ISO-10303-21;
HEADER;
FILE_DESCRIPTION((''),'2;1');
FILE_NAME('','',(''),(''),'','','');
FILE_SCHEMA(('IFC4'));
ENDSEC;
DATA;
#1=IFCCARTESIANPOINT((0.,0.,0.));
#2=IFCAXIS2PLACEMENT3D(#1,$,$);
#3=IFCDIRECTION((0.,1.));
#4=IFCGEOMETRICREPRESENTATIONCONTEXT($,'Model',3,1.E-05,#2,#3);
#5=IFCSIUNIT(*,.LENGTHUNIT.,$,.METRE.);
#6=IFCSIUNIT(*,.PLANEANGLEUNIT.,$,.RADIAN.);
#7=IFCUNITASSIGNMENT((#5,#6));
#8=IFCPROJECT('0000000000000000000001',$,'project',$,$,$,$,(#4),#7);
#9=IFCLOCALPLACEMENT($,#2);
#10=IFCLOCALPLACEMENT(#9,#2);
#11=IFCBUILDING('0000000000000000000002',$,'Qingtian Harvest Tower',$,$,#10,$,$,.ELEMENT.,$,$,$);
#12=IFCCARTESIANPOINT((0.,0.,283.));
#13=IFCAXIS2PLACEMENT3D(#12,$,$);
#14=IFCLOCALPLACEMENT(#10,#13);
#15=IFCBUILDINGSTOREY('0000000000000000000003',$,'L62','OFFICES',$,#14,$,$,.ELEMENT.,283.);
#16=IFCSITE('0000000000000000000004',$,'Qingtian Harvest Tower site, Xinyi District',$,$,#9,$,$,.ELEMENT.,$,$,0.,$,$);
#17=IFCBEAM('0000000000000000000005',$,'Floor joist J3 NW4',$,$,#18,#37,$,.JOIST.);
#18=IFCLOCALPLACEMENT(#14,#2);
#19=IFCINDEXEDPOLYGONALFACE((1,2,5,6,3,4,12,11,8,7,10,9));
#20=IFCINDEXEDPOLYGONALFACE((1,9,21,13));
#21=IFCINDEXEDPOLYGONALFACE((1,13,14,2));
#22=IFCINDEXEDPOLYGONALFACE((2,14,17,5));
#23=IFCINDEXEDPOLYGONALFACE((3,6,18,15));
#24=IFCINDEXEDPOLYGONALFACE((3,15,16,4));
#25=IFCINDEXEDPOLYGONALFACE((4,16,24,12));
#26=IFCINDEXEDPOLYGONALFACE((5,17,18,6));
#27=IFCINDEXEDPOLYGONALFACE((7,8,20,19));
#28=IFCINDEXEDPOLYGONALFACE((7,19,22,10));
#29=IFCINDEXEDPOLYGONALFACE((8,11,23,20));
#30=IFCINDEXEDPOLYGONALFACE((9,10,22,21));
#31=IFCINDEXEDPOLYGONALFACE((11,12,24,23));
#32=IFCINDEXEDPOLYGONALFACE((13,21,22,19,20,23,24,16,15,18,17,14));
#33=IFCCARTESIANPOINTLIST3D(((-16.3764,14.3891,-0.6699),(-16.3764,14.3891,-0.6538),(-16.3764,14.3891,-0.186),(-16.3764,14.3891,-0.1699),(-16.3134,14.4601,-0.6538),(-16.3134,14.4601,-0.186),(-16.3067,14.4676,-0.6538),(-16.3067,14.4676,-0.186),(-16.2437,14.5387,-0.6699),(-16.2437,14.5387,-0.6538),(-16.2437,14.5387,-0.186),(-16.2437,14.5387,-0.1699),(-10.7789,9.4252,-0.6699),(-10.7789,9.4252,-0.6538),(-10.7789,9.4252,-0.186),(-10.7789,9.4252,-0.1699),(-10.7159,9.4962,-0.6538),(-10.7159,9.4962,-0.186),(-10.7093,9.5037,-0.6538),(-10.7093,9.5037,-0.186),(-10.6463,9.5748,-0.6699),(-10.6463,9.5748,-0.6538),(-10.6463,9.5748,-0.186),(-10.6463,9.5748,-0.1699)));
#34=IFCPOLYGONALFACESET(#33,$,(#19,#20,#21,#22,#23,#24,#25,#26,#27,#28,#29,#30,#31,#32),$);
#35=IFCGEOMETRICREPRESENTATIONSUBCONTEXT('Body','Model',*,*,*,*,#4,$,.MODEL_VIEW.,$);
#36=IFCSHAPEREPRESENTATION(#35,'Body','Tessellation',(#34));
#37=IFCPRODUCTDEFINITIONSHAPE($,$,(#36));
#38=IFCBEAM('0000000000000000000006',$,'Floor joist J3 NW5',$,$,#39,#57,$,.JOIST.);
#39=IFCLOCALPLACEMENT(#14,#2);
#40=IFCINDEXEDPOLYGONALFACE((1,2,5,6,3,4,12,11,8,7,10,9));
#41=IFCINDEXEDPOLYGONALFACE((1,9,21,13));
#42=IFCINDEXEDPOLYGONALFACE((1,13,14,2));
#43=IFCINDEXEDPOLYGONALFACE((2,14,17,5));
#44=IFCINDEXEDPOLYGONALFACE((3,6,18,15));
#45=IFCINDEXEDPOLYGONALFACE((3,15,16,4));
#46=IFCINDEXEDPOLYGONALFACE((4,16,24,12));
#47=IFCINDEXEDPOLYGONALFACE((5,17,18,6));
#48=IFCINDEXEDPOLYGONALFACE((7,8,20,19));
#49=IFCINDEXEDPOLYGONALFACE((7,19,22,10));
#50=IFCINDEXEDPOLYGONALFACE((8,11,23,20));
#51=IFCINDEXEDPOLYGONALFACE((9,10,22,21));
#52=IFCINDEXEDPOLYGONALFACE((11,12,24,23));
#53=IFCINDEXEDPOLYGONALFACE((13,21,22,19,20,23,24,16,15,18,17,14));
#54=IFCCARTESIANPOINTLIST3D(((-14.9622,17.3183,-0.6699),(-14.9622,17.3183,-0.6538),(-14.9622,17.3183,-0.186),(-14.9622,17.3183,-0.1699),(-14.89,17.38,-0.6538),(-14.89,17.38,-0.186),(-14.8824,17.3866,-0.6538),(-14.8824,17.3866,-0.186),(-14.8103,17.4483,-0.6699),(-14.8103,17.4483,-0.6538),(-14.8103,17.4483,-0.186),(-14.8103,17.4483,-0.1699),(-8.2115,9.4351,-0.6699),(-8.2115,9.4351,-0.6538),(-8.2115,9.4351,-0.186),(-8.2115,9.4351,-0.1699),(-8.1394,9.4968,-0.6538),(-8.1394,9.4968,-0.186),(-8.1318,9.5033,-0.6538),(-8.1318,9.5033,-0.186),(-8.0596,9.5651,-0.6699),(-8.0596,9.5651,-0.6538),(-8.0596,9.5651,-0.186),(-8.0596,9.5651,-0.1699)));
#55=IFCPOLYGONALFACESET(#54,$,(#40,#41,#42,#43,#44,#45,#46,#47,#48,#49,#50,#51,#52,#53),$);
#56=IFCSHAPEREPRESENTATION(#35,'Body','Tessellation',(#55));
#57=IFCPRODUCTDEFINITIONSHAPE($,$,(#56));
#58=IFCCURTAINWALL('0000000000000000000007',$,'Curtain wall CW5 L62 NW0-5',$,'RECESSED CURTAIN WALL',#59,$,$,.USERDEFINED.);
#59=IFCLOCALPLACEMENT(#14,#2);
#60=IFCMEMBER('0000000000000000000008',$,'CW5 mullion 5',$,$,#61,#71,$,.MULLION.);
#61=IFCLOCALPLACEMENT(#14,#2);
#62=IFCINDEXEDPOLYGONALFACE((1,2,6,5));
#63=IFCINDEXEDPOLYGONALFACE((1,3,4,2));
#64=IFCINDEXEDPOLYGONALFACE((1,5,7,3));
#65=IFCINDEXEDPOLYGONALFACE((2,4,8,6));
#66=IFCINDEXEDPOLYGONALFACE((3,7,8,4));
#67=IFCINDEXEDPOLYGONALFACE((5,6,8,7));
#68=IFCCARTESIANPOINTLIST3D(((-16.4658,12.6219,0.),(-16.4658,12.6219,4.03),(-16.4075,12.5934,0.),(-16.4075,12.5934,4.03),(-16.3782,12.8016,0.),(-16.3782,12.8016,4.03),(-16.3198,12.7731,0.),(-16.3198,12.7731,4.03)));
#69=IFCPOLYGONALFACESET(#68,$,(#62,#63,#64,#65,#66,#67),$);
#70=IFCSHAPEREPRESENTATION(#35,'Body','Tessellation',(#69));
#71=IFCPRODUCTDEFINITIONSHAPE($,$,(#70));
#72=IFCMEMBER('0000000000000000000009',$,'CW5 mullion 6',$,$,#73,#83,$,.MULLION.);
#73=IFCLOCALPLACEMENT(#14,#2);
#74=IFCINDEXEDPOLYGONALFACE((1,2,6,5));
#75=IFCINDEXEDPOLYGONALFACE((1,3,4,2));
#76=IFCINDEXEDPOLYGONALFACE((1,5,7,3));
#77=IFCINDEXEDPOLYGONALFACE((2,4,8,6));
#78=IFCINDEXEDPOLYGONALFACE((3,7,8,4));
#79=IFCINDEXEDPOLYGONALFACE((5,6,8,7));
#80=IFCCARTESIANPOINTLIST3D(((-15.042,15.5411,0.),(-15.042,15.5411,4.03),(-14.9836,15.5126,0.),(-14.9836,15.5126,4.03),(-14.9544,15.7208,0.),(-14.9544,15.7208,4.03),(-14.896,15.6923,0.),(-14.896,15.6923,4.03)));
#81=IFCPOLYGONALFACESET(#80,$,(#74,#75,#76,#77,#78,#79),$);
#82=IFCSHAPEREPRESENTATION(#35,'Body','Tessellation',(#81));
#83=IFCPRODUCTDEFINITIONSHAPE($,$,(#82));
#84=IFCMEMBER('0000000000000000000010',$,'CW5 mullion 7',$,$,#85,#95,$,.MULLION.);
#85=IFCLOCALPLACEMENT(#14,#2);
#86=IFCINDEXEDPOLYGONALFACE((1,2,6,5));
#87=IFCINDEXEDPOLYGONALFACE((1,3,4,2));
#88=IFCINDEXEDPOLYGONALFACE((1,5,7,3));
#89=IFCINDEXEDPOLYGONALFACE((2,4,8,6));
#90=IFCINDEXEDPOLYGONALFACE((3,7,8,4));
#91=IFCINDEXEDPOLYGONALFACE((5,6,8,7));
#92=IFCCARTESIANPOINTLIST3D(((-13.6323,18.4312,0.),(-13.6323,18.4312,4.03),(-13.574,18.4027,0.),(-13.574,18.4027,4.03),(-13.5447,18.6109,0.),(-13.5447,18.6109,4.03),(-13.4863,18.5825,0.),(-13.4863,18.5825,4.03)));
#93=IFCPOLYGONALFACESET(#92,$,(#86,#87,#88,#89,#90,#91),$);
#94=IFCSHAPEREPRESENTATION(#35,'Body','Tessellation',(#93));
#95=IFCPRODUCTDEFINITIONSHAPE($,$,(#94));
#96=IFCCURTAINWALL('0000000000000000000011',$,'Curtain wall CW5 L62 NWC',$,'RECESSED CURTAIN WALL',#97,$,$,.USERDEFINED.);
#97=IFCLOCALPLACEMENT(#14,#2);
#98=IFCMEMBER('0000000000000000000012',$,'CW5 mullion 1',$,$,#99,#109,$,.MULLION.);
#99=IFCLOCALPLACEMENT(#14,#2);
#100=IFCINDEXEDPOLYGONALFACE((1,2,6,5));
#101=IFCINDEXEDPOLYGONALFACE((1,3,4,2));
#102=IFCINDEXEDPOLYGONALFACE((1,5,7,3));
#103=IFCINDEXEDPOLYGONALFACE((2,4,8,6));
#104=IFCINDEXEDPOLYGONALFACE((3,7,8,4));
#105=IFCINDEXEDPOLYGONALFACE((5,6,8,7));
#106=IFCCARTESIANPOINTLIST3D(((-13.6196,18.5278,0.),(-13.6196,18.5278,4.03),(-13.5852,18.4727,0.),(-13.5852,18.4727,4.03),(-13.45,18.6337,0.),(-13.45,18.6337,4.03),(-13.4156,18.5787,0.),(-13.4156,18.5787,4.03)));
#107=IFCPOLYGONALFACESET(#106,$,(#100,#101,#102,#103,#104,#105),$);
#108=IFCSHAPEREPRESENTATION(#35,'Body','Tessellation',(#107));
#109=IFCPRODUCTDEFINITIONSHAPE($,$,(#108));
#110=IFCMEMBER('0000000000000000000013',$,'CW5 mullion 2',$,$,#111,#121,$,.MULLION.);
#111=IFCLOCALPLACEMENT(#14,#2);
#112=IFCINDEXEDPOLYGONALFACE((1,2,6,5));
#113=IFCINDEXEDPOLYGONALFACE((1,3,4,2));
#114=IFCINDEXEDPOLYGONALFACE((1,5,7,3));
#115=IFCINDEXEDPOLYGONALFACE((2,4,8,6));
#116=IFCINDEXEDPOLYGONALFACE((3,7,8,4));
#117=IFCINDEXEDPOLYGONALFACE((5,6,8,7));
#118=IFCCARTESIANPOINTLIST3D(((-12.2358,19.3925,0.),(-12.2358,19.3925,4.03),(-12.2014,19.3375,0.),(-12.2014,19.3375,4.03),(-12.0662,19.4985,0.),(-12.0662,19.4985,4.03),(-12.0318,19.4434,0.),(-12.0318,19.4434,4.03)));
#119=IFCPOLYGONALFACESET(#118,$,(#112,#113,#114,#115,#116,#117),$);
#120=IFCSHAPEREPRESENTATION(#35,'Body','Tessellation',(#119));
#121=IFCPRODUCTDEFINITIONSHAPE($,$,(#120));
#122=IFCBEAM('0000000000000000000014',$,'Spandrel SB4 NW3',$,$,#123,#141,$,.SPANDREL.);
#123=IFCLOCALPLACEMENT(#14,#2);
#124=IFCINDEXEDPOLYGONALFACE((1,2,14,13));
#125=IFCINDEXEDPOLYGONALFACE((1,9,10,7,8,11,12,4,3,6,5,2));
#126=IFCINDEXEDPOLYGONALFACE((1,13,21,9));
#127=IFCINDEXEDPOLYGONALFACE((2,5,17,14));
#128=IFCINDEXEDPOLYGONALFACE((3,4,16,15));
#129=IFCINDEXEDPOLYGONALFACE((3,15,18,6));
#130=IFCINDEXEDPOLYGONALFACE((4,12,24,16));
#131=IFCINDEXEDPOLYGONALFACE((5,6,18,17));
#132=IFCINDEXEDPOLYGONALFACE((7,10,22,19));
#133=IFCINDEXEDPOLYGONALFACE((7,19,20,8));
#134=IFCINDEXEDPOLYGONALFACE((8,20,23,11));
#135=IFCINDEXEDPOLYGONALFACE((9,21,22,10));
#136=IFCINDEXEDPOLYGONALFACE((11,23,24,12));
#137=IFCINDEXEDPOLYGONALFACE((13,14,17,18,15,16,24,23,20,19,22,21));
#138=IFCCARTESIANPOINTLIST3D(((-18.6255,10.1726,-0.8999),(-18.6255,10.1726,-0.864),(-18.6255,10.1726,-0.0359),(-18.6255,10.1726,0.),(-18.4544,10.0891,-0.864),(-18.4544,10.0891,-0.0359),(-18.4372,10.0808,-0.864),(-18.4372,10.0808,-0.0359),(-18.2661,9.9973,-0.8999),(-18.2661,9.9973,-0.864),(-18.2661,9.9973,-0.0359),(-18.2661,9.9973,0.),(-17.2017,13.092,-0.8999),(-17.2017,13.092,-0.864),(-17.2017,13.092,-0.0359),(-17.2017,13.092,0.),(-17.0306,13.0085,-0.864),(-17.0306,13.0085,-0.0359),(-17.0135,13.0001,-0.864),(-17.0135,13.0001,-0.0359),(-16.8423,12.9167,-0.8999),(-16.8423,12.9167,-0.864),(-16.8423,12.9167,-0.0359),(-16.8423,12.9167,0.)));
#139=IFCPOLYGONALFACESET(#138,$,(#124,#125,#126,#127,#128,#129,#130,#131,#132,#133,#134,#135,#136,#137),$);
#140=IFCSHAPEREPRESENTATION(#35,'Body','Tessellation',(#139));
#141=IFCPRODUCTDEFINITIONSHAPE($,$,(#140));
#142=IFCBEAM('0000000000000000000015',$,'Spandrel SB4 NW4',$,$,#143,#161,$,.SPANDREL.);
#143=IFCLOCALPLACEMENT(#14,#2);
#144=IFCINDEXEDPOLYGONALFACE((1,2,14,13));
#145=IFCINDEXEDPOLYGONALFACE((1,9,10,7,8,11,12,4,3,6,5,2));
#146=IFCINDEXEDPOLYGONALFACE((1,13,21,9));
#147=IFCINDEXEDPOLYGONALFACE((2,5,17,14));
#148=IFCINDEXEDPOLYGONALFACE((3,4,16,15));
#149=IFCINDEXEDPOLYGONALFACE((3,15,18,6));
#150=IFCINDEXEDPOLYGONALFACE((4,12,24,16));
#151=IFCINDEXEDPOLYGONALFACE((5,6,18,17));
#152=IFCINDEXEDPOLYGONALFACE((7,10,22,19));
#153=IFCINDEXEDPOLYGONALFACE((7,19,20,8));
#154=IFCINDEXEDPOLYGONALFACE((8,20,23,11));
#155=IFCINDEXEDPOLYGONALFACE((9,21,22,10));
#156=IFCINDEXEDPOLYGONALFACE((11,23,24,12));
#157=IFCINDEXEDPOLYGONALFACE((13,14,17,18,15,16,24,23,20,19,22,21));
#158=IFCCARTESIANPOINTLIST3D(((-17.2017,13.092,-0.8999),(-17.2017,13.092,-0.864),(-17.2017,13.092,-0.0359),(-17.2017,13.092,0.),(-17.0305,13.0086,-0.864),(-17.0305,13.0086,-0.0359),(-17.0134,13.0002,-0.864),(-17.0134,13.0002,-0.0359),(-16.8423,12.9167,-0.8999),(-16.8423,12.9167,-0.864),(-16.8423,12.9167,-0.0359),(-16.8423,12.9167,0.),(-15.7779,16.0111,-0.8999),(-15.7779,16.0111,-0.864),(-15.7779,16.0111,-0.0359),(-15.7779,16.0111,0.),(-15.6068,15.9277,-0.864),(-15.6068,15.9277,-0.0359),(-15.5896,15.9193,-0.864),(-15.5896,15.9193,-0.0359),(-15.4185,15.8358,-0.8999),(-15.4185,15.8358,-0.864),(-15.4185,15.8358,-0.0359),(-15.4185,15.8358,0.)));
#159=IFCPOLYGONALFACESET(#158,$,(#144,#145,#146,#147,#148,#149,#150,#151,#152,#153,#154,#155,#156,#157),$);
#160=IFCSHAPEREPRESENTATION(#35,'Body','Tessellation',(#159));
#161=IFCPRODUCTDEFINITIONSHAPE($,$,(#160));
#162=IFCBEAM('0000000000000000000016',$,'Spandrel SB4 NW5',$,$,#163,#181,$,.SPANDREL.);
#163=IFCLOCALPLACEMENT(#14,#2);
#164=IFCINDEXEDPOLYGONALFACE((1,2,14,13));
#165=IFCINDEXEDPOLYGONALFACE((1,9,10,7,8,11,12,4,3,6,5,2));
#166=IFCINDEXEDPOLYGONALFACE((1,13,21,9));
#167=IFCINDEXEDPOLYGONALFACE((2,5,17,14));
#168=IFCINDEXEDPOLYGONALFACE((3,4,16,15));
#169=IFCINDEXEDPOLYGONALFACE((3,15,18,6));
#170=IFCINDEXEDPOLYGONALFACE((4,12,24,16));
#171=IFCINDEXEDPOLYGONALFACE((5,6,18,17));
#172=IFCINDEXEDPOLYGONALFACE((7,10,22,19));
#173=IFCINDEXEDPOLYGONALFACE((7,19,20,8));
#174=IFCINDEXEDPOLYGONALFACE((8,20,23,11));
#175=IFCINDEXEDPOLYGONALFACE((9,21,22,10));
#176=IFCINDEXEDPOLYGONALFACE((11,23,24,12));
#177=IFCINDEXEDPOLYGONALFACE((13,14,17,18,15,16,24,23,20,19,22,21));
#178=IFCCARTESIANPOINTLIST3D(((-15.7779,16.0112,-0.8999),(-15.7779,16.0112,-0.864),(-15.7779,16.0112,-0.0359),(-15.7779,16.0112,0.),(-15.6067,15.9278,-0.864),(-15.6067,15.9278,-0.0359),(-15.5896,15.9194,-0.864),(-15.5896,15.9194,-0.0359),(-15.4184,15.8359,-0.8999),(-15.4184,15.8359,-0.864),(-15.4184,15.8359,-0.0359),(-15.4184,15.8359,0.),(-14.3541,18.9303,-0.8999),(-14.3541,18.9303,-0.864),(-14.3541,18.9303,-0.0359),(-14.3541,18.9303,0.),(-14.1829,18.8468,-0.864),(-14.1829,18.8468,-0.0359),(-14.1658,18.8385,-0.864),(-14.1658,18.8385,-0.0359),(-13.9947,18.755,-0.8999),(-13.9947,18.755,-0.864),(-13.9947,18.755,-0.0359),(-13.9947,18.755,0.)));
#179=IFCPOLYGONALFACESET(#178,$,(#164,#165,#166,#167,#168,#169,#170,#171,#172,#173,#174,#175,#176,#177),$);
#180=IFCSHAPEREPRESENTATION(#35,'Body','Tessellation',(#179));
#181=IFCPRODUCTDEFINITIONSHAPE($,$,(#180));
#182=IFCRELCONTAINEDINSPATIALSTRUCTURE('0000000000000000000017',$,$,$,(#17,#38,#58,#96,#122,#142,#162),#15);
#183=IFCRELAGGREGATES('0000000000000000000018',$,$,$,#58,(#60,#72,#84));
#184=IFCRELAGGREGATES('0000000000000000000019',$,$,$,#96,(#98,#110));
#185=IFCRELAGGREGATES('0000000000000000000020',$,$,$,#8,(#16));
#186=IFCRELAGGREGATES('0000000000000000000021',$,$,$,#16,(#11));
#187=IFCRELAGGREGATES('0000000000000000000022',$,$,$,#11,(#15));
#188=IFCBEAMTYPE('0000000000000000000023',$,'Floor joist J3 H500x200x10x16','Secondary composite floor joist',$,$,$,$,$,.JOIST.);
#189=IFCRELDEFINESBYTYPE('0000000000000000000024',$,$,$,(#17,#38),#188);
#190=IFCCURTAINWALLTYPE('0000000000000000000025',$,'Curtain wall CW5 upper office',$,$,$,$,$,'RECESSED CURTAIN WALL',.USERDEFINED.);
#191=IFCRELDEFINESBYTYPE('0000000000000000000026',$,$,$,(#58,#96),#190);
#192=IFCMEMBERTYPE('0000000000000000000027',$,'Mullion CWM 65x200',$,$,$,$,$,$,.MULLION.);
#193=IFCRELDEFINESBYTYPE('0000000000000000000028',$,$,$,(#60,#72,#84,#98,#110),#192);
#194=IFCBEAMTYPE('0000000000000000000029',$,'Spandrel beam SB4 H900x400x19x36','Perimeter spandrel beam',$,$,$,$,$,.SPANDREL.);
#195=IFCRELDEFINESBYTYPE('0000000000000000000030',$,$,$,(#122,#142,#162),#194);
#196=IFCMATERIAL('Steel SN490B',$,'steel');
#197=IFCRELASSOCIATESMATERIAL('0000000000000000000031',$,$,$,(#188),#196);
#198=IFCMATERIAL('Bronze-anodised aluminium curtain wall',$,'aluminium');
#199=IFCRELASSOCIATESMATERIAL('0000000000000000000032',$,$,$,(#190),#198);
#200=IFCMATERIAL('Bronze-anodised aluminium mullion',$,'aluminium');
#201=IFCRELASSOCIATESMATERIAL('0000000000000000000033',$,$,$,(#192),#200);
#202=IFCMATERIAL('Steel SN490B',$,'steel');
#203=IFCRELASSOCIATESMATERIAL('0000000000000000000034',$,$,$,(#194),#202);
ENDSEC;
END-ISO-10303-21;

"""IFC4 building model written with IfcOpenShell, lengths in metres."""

from ifc_helpers import new_model, si_unit, direction, frame, origin, origin_2d, place, context, subcontext, project, spatial, rectangle, i_section, extrude, material, material_profile, profile_set, type_object, element, aggregate, save


model = new_model("IFC4")

# Units and contexts
model_context = context("Model", 3, precision=1e-05, world=origin(), true_north=direction((0.0, 1.0)))
body_context = subcontext(model_context, "Body", "Model", "MODEL_VIEW")
ifc_project = project(units=[si_unit("LENGTHUNIT", "METRE"), si_unit("PLANEANGLEUNIT", "RADIAN")], contexts=[model_context])

# Site, building, storey
site_placement = place(None, origin())
site = spatial("IfcSite", under=ifc_project, at=site_placement, Name="Qingtian Harvest Tower site, Xinyi District", CompositionType="ELEMENT", RefElevation=0.0)
building_placement = place(site_placement, origin())
building = spatial("IfcBuilding", under=site, at=building_placement, Name="Qingtian Harvest Tower", CompositionType="ELEMENT")
storey_placement = place(building_placement, frame((0.0, 0.0, 283.0)))
storey = spatial("IfcBuildingStorey", under=building, at=storey_placement, Name="L62", Description="OFFICES", CompositionType="ELEMENT", Elevation=283.0)

# Beams
ifc_material_1 = material(Name="Steel SN490B", Category="steel")
ifc_material_profile_1 = material_profile(ifc_material_1, i_section(OverallWidth=0.2, OverallDepth=0.5, WebThickness=0.01, FlangeThickness=0.0161, at=origin_2d()), Name="H500x200x10x16")
ifc_profile_set_1 = profile_set([ifc_material_profile_1], Name="Steel SN490B")
beam_type_1 = type_object("IfcBeamType", Name="Floor joist J3 H500x200x10x16", Description="Secondary composite floor joist", PredefinedType="JOIST", material=ifc_profile_set_1)
beam_1_placement = place(storey_placement, frame((-16.3101, 14.4639, -0.4199), z_axis=(0.748179, -0.663496, 0.0), x_axis=(0.663496, 0.748179, 0.0)))
element("IfcBeam", 1, at=beam_1_placement, inside=storey, type_object=beam_type_1, Name="Floor joist J3 NW4", PredefinedType="JOIST", context=body_context, shape_type="SweptSolid", body=[
    extrude(i_section(OverallWidth=0.2, OverallDepth=0.5, WebThickness=0.01, FlangeThickness=0.0161, at=origin_2d()), origin(), (0.0, 0.0, 1.0), 7.4814),
])
beam_2_placement = place(storey_placement, frame((-14.8862, 17.3833, -0.4199), z_axis=(0.650437, -0.75956, 0.0), x_axis=(0.75956, 0.650437, 0.0)))
element("IfcBeam", 2, at=beam_2_placement, inside=storey, type_object=beam_type_1, Name="Floor joist J3 NW5", PredefinedType="JOIST", context=body_context, shape_type="SweptSolid", body=[
    extrude(i_section(OverallWidth=0.2, OverallDepth=0.5, WebThickness=0.01, FlangeThickness=0.0161, at=origin_2d()), origin(), (0.0, 0.0, 1.0), 10.3787),
])

# Curtain walls, members
ifc_material_2 = material(Name="Bronze-anodised aluminium curtain wall", Category="aluminium")
curtain_wall_type = type_object("IfcCurtainWallType", Name="Curtain wall CW5 upper office", ElementType="RECESSED CURTAIN WALL", PredefinedType="USERDEFINED", material=ifc_material_2)
curtain_wall_1_placement = place(storey_placement, origin())
curtain_wall_1 = element("IfcCurtainWall", 3, at=curtain_wall_1_placement, inside=storey, type_object=curtain_wall_type, Name="Curtain wall CW5 L62 NW0-5", ObjectType="RECESSED CURTAIN WALL", PredefinedType="USERDEFINED")
ifc_material_3 = material(Name="Bronze-anodised aluminium mullion", Category="aluminium")
ifc_material_profile_2 = material_profile(ifc_material_3, rectangle(XDim=0.0649, YDim=0.2, at=origin_2d()), Name="AL 65x200")
ifc_profile_set_2 = profile_set([ifc_material_profile_2], Name="Bronze-anodised aluminium mullion")
member_type_1 = type_object("IfcMemberType", Name="Mullion CWM 65x200", PredefinedType="MULLION", material=ifc_profile_set_2)
member_1_placement = place(storey_placement, frame((-16.3928, 12.6975, 0.0), z_axis=(0.0, 0.0, 1.0), x_axis=(-0.898794, 0.438371, 0.0)))
member_1 = element("IfcMember", 4, at=member_1_placement, type_object=member_type_1, Name="CW5 mullion 5", PredefinedType="MULLION", context=body_context, shape_type="SweptSolid", body=[
    extrude(rectangle(XDim=0.0649, YDim=0.2, at=origin_2d()), origin(), (0.0, 0.0, 1.0), 4.03),
])
member_2_placement = place(storey_placement, frame((-14.969, 15.6167, 0.0), z_axis=(0.0, 0.0, 1.0), x_axis=(-0.898794, 0.438371, 0.0)))
member_2 = element("IfcMember", 5, at=member_2_placement, type_object=member_type_1, Name="CW5 mullion 6", PredefinedType="MULLION", context=body_context, shape_type="SweptSolid", body=[
    extrude(rectangle(XDim=0.0649, YDim=0.2, at=origin_2d()), origin(), (0.0, 0.0, 1.0), 4.03),
])
member_3_placement = place(storey_placement, frame((-13.5593, 18.5068, 0.0), z_axis=(0.0, 0.0, 1.0), x_axis=(-0.898794, 0.438371, 0.0)))
member_3 = element("IfcMember", 6, at=member_3_placement, type_object=member_type_1, Name="CW5 mullion 7", PredefinedType="MULLION", context=body_context, shape_type="SweptSolid", body=[
    extrude(rectangle(XDim=0.0649, YDim=0.2, at=origin_2d()), origin(), (0.0, 0.0, 1.0), 4.03),
])
curtain_wall_2_placement = place(storey_placement, origin())
curtain_wall_2 = element("IfcCurtainWall", 7, at=curtain_wall_2_placement, inside=storey, type_object=curtain_wall_type, Name="Curtain wall CW5 L62 NWC", ObjectType="RECESSED CURTAIN WALL", PredefinedType="USERDEFINED")
member_4_placement = place(storey_placement, frame((-13.5176, 18.5532, 0.0), z_axis=(0.0, 0.0, 1.0), x_axis=(-0.529919, 0.848048, 0.0)))
member_4 = element("IfcMember", 8, at=member_4_placement, type_object=member_type_1, Name="CW5 mullion 1", PredefinedType="MULLION", context=body_context, shape_type="SweptSolid", body=[
    extrude(rectangle(XDim=0.0649, YDim=0.2, at=origin_2d()), origin(), (0.0, 0.0, 1.0), 4.03),
])
member_5_placement = place(storey_placement, frame((-12.1338, 19.418, 0.0), z_axis=(0.0, 0.0, 1.0), x_axis=(-0.529919, 0.848048, 0.0)))
member_5 = element("IfcMember", 9, at=member_5_placement, type_object=member_type_1, Name="CW5 mullion 2", PredefinedType="MULLION", context=body_context, shape_type="SweptSolid", body=[
    extrude(rectangle(XDim=0.0649, YDim=0.2, at=origin_2d()), origin(), (0.0, 0.0, 1.0), 4.03),
])

# Beams
ifc_material_4 = material(Name="Steel SN490B", Category="steel")
ifc_material_profile_3 = material_profile(ifc_material_4, i_section(OverallWidth=0.3999, OverallDepth=0.8999, WebThickness=0.019, FlangeThickness=0.0359, at=origin_2d()), Name="H900x400x19x36")
ifc_profile_set_3 = profile_set([ifc_material_profile_3], Name="Steel SN490B")
beam_type_2 = type_object("IfcBeamType", Name="Spandrel beam SB4 H900x400x19x36", Description="Perimeter spandrel beam", PredefinedType="SPANDREL", material=ifc_profile_set_3)
beam_3_placement = place(storey_placement, frame((-18.4458, 10.085, -0.45), z_axis=(0.438353, 0.898803, 0.0), x_axis=(-0.898803, 0.438353, 0.0)))
element("IfcBeam", 10, at=beam_3_placement, inside=storey, type_object=beam_type_2, Name="Spandrel SB4 NW3", PredefinedType="SPANDREL", context=body_context, shape_type="SweptSolid", body=[
    extrude(i_section(OverallWidth=0.3999, OverallDepth=0.8999, WebThickness=0.019, FlangeThickness=0.0359, at=origin_2d()), origin(), (0.0, 0.0, 1.0), 3.248),
])
for number, where, z_axis, x_axis, name in (
    (11, (-17.022, 13.0044, -0.45), (0.438382, 0.898789, 0.0), (-0.898789, 0.438382, 0.0), "Spandrel SB4 NW4"),
    (12, (-15.5981, 15.9236, -0.45), (0.438382, 0.898789, 0.0), (-0.898789, 0.438382, 0.0), "Spandrel SB4 NW5"),
):
    element("IfcBeam", number, at=place(storey_placement, frame(where, z_axis=z_axis, x_axis=x_axis)), inside=storey, type_object=beam_type_2, Name=name, PredefinedType="SPANDREL", context=body_context, shape_type="SweptSolid", body=[
        extrude(i_section(OverallWidth=0.3999, OverallDepth=0.8999, WebThickness=0.019, FlangeThickness=0.0359, at=origin_2d()), origin(), (0.0, 0.0, 1.0), 3.2478),
    ])

aggregate(curtain_wall_1, [member_1, member_2, member_3])
aggregate(curtain_wall_2, [member_4, member_5])

save(model, "model.ifc")
